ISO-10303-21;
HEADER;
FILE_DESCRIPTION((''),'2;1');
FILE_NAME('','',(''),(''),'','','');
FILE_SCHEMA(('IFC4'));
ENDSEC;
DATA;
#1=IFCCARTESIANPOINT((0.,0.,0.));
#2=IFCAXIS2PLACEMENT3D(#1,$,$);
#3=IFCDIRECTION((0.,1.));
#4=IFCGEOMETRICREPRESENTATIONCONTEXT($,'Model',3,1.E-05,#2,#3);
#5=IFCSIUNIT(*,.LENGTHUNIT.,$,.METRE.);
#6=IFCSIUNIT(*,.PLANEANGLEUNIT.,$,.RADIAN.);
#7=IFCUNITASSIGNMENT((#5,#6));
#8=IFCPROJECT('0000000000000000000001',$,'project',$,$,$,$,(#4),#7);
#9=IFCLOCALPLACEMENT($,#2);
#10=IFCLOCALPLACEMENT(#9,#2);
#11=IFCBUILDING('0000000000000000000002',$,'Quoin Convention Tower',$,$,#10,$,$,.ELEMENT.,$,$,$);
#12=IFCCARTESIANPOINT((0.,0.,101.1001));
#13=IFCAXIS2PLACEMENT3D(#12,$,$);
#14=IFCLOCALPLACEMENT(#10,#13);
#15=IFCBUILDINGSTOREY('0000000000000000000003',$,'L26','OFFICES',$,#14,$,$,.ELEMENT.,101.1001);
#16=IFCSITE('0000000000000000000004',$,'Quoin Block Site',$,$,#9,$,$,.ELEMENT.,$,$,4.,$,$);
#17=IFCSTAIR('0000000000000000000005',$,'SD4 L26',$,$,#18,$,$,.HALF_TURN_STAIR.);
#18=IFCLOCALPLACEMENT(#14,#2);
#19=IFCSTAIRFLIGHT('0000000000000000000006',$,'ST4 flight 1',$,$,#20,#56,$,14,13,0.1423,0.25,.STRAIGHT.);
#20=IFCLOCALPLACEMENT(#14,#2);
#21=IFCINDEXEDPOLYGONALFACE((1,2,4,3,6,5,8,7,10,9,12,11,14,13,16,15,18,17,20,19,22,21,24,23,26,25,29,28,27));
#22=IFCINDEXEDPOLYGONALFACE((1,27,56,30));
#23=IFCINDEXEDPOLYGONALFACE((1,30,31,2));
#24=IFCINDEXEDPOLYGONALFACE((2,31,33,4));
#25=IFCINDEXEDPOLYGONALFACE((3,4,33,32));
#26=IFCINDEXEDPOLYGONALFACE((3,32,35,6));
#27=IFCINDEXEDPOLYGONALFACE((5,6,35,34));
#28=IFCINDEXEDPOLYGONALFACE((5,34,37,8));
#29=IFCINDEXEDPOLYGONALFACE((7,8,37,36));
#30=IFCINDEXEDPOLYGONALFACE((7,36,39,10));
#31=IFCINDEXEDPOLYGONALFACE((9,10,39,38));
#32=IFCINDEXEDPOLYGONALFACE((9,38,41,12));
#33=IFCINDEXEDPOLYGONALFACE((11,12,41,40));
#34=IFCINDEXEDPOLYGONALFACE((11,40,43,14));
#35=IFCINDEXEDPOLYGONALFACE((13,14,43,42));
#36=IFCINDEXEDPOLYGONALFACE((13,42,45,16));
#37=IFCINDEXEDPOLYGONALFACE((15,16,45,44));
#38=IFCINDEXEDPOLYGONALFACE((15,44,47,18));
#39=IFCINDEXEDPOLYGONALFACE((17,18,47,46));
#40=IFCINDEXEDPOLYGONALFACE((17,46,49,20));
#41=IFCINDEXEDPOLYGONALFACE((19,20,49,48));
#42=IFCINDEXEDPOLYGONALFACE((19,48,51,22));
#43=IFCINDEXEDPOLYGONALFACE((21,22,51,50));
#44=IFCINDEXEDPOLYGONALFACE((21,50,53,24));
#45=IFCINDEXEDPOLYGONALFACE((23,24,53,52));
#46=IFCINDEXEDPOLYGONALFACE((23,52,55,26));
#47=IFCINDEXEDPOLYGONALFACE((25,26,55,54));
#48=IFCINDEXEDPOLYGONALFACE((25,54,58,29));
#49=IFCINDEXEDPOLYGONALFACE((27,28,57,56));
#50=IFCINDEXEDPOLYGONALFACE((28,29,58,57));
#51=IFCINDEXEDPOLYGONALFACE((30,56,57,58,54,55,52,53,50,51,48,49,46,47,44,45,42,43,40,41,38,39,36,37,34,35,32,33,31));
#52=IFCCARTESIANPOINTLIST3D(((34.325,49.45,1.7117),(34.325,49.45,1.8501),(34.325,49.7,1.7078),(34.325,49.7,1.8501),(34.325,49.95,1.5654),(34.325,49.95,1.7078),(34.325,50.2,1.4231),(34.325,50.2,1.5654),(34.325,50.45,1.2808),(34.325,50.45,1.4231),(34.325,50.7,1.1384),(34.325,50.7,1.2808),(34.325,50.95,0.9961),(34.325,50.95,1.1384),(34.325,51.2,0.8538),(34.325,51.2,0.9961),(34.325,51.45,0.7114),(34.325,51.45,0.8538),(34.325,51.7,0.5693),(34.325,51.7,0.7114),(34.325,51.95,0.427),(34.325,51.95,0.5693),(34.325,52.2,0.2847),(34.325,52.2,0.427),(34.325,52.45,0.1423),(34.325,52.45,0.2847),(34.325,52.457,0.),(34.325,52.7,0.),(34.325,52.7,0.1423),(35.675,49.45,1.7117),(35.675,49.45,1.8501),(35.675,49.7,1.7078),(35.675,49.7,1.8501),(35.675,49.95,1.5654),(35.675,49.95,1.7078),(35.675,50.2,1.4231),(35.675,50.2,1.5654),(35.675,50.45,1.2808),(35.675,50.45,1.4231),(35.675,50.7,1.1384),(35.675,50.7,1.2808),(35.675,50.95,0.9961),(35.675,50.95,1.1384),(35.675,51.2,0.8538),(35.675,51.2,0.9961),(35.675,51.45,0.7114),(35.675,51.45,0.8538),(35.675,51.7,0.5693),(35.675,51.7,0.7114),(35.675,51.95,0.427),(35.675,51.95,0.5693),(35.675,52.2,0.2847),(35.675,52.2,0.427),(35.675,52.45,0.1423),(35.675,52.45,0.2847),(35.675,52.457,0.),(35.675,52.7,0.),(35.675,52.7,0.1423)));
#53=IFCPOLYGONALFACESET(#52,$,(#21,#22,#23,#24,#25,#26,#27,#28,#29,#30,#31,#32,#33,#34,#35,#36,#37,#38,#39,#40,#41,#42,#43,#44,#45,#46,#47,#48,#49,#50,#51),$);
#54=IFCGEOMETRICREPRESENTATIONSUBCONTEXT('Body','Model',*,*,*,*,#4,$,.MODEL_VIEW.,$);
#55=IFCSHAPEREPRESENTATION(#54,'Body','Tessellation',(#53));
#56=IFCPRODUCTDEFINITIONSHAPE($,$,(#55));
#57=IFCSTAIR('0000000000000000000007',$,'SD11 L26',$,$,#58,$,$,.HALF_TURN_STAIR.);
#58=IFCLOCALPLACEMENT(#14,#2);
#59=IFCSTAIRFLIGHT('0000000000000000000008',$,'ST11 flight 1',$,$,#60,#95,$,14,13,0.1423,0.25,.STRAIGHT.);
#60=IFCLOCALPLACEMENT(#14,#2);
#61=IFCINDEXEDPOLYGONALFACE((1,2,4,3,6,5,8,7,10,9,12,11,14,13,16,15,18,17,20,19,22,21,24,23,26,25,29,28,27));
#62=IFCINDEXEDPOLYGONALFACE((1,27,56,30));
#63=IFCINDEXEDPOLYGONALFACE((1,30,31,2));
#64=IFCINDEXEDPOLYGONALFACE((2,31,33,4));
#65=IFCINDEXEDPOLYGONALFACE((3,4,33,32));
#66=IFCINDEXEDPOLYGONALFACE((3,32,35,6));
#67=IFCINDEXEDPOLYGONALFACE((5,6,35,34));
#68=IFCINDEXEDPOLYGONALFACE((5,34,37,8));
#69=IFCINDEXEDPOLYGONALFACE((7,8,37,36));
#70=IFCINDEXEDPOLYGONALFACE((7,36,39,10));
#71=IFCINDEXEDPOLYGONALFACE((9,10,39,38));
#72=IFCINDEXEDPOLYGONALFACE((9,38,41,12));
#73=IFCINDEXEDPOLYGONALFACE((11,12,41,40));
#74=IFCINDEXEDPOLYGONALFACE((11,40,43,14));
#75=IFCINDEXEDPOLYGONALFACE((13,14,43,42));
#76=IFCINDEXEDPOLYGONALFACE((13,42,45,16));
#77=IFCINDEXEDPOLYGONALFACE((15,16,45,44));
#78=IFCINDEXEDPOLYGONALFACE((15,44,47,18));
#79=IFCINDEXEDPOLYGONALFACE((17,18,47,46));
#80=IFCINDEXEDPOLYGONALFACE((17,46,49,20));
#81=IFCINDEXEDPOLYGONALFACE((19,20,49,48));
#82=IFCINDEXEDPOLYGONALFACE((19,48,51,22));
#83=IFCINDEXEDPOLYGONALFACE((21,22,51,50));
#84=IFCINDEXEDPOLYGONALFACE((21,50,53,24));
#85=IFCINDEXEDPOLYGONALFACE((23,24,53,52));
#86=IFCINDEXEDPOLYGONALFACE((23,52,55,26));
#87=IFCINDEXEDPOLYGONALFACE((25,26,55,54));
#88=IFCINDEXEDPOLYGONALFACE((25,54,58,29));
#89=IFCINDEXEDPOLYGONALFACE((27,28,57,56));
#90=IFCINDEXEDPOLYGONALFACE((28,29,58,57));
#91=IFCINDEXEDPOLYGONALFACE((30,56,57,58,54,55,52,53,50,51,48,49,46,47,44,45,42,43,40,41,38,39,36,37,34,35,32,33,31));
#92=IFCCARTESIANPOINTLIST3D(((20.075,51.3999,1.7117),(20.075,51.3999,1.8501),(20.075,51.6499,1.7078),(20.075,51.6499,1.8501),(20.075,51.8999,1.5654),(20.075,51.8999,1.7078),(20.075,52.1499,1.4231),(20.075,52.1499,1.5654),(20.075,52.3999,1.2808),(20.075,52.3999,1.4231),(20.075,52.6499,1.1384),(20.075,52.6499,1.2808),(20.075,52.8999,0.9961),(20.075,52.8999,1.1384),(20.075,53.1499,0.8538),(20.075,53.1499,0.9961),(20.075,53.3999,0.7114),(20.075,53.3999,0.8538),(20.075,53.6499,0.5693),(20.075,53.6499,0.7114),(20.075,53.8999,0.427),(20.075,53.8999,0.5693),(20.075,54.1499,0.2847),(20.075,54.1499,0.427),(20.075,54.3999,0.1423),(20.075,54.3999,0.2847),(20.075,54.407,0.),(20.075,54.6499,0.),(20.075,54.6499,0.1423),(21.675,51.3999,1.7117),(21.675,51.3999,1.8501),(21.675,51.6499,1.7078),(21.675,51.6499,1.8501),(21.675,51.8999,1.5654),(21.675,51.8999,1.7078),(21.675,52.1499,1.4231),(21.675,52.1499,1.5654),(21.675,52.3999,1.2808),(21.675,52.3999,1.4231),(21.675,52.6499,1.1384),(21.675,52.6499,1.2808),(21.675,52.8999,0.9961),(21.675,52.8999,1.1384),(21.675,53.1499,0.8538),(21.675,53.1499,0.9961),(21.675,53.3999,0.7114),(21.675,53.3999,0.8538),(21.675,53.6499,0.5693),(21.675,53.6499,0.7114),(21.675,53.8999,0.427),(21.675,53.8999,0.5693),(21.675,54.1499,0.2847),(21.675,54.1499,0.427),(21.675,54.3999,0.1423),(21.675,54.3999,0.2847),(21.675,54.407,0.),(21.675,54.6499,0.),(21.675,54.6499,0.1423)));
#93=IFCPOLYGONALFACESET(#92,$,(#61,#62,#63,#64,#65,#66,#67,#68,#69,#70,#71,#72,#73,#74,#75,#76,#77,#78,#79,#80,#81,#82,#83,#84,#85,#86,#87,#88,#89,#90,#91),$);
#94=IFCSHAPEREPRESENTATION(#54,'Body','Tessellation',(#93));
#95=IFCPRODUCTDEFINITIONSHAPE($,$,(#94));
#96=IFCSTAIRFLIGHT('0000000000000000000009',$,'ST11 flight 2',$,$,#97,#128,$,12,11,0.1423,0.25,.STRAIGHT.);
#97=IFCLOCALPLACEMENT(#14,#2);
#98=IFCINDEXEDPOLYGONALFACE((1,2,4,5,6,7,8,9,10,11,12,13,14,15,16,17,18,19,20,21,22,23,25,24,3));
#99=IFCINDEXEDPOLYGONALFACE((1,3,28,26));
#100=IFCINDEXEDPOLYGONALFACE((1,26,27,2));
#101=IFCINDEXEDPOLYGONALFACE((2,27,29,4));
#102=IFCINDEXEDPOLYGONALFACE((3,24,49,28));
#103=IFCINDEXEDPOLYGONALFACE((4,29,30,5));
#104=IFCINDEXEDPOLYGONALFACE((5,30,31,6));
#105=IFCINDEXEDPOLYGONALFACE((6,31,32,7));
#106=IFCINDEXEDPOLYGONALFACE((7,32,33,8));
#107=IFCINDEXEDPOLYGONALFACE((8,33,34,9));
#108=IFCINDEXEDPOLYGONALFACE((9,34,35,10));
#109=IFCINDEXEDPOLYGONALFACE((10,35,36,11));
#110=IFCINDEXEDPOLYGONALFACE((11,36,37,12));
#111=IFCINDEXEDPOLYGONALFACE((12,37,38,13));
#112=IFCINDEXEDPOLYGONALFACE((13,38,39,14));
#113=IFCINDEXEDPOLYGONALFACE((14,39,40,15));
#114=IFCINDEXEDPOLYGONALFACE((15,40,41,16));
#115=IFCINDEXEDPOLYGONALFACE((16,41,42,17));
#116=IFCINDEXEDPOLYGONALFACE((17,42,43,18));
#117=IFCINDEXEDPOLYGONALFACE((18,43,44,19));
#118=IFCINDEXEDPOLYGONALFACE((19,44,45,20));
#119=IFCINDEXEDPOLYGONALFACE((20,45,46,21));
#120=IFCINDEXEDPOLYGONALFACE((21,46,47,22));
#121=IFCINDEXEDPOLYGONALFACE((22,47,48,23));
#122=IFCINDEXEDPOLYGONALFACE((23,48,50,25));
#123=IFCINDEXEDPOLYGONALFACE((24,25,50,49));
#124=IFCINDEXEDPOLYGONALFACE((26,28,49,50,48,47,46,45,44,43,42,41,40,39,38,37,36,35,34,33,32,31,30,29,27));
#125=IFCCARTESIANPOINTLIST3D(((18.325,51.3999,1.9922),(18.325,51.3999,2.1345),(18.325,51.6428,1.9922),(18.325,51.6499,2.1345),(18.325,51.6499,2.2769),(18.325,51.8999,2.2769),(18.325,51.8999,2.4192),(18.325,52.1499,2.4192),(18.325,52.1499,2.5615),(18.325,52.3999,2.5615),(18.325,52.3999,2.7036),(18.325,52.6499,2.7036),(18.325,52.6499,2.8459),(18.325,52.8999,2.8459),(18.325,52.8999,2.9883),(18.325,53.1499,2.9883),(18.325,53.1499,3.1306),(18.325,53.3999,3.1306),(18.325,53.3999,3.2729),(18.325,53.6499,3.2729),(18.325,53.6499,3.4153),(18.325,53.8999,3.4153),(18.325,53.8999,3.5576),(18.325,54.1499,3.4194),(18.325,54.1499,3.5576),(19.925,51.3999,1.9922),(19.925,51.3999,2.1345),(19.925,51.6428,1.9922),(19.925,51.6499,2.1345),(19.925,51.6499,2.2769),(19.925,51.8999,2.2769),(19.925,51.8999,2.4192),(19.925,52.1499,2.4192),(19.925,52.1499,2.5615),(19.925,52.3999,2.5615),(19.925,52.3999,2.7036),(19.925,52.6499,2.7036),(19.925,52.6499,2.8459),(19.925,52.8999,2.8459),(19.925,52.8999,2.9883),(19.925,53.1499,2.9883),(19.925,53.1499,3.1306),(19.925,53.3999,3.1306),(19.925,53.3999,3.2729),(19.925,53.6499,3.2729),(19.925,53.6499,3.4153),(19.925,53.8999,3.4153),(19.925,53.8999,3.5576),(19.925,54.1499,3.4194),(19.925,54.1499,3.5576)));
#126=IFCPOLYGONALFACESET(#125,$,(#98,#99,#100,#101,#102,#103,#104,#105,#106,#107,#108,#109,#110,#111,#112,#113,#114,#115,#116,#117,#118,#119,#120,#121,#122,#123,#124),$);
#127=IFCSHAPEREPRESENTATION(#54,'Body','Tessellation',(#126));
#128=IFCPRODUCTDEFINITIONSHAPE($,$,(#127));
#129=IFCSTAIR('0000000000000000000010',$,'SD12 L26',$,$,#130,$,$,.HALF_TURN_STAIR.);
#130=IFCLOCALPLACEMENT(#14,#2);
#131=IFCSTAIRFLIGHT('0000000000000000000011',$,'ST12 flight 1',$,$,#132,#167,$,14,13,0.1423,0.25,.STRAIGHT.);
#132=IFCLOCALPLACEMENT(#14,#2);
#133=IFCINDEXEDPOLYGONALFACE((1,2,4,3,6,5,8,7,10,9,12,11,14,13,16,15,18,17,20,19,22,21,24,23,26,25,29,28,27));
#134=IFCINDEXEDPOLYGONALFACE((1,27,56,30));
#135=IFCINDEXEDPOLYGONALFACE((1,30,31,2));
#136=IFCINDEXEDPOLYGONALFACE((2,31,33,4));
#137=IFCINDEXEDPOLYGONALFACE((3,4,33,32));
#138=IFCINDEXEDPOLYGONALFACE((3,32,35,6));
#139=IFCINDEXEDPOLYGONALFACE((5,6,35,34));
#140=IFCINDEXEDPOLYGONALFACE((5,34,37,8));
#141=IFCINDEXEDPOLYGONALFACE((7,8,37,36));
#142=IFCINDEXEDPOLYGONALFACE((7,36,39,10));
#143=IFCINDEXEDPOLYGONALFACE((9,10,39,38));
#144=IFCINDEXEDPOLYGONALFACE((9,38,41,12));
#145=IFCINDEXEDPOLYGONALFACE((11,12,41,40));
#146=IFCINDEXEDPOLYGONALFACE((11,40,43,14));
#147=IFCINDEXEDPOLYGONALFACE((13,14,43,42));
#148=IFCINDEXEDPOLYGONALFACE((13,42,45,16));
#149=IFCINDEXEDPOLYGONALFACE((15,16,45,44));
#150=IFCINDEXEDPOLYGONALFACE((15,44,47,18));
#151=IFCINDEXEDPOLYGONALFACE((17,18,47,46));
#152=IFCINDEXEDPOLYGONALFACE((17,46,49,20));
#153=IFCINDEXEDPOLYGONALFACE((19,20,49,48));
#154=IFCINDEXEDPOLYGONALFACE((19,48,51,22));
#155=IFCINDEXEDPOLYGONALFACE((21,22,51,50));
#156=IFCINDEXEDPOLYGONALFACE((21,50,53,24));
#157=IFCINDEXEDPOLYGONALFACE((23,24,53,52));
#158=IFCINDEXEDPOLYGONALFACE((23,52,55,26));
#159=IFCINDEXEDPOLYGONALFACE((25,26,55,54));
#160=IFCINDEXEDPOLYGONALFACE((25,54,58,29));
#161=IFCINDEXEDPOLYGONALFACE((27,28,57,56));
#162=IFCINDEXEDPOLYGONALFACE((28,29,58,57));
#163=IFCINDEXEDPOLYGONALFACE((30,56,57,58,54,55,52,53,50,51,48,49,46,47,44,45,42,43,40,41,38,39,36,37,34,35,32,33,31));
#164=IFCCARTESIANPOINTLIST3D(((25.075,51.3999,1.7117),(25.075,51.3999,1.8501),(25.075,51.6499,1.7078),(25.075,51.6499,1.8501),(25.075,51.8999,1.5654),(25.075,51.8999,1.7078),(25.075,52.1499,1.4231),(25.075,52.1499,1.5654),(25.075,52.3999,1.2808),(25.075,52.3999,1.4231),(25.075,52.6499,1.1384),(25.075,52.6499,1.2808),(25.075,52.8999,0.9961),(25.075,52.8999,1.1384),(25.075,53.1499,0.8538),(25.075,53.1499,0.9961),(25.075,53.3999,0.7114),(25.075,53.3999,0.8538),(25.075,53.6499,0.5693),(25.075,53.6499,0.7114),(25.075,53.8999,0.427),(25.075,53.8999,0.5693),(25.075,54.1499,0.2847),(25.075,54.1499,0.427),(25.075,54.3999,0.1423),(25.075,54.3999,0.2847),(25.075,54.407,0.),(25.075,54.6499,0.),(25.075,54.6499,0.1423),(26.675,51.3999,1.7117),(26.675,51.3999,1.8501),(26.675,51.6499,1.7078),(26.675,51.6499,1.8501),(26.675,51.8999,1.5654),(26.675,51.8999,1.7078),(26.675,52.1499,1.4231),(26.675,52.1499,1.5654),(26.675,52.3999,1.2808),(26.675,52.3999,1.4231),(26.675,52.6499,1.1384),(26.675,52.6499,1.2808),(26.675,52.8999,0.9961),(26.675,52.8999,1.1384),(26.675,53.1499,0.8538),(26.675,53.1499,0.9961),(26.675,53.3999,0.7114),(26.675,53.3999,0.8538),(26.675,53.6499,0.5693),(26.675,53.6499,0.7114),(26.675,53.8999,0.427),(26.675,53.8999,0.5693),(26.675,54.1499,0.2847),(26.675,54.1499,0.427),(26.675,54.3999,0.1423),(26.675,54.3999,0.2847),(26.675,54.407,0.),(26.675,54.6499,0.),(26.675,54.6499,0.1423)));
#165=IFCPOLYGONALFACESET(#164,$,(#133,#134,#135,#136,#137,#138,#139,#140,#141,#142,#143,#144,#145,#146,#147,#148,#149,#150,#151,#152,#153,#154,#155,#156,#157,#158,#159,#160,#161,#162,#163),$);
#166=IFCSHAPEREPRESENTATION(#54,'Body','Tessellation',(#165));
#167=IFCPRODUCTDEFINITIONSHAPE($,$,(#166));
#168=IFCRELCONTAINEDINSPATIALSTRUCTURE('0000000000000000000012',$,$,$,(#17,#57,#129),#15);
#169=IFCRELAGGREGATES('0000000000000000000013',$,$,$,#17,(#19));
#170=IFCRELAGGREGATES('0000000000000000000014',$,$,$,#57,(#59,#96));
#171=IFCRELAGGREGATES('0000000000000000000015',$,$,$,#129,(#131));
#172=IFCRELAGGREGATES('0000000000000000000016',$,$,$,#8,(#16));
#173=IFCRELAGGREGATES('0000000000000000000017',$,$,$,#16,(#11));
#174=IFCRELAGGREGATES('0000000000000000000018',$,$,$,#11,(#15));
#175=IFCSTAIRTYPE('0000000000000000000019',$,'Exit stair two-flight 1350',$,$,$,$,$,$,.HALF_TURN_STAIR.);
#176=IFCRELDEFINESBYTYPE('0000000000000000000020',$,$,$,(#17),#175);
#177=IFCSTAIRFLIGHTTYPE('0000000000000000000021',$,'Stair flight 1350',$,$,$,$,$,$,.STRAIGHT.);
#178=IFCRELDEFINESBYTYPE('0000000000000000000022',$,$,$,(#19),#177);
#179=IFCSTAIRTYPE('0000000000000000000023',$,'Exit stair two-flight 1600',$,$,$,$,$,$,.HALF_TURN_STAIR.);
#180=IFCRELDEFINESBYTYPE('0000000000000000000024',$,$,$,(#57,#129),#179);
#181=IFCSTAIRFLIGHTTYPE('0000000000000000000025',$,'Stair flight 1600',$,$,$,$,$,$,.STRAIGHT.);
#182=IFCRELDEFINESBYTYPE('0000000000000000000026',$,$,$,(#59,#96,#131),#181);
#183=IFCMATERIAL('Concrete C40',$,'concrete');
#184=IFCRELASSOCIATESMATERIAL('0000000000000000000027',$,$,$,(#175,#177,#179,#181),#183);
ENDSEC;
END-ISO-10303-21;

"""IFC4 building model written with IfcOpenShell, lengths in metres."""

from ifc_helpers import new_model, si_unit, direction, frame, origin, place, context, subcontext, project, spatial, polyline, outline, extrude, material, type_object, element, aggregate, save


model = new_model("IFC4")

# Units and contexts
model_context = context("Model", 3, precision=1e-05, world=origin(), true_north=direction((0.0, 1.0)))
body_context = subcontext(model_context, "Body", "Model", "MODEL_VIEW")
ifc_project = project(units=[si_unit("LENGTHUNIT", "METRE"), si_unit("PLANEANGLEUNIT", "RADIAN")], contexts=[model_context])

# Site, building, storey
site_placement = place(None, origin())
site = spatial("IfcSite", under=ifc_project, at=site_placement, Name="Quoin Block Site", CompositionType="ELEMENT", RefElevation=4.0)
building_placement = place(site_placement, origin())
building = spatial("IfcBuilding", under=site, at=building_placement, Name="Quoin Convention Tower", CompositionType="ELEMENT")
storey_placement = place(building_placement, frame((0.0, 0.0, 101.1001)))
storey = spatial("IfcBuildingStorey", under=building, at=storey_placement, Name="L26", Description="OFFICES", CompositionType="ELEMENT", Elevation=101.1001)

# Stair, stair flight
ifc_material_1 = material(Name="Concrete C40", Category="concrete")
stair_type_1 = type_object("IfcStairType", Name="Exit stair two-flight 1350", PredefinedType="HALF_TURN_STAIR", material=ifc_material_1)
stair_1_placement = place(storey_placement, origin())
stair_1 = element("IfcStair", 1, at=stair_1_placement, inside=storey, type_object=stair_type_1, Name="SD4 L26", PredefinedType="HALF_TURN_STAIR")
stair_flight_type_1 = type_object("IfcStairFlightType", Name="Stair flight 1350", PredefinedType="STRAIGHT", material=ifc_material_1)
stair_flight_1_placement = place(storey_placement, frame((35.0, 52.7, 0.0), z_axis=(0.0, 0.0, 1.0), x_axis=(0.0, -1.0, 0.0)))
stair_flight_1 = element("IfcStairFlight", 2, at=stair_flight_1_placement, type_object=stair_flight_type_1, Name="ST4 flight 1", NumberOfRisers=14, NumberOfTreads=13, PredefinedType="STRAIGHT", RiserHeight=0.1423, TreadLength=0.25, context=body_context, shape_type="SweptSolid", body=[
    extrude(outline(polyline([(0.0, 0.0), (0.0, 0.1423), (0.25, 0.1423), (0.25, 0.2847), (0.5, 0.2847), (0.5, 0.427), (0.75, 0.427), (0.75, 0.5693), (1.0, 0.5693), (1.0, 0.7114), (1.25, 0.7114), (1.25, 0.8538), (1.5, 0.8538), (1.5, 0.9961), (1.75, 0.9961), (1.75, 1.1384), (2.0, 1.1384), (2.0, 1.2808), (2.25, 1.2808), (2.25, 1.4231), (2.5, 1.4231), (2.5, 1.5654), (2.75, 1.5654), (2.75, 1.7078), (3.0, 1.7078), (3.0, 1.8501), (3.25, 1.8501), (3.25, 1.9922), (3.25, 1.7117), (0.2429, 0.0), (0.0, 0.0)])), frame((0.0, 0.675, 0.0), z_axis=(0.0, -1.0, 0.0), x_axis=(1.0, 0.0, 0.0)), (0.0, 0.0, 1.0), 1.3501),
])
aggregate(stair_1, [stair_flight_1])

# Stairs, stair flights
stair_type_2 = type_object("IfcStairType", Name="Exit stair two-flight 1600", PredefinedType="HALF_TURN_STAIR", material=ifc_material_1)
stair_2_placement = place(storey_placement, origin())
stair_2 = element("IfcStair", 3, at=stair_2_placement, inside=storey, type_object=stair_type_2, Name="SD11 L26", PredefinedType="HALF_TURN_STAIR")
stair_flight_type_2 = type_object("IfcStairFlightType", Name="Stair flight 1600", PredefinedType="STRAIGHT", material=ifc_material_1)
stair_flight_2_placement = place(storey_placement, frame((20.875, 54.6499, 0.0), z_axis=(0.0, 0.0, 1.0), x_axis=(0.0, -1.0, 0.0)))
stair_flight_2 = element("IfcStairFlight", 4, at=stair_flight_2_placement, type_object=stair_flight_type_2, Name="ST11 flight 1", NumberOfRisers=14, NumberOfTreads=13, PredefinedType="STRAIGHT", RiserHeight=0.1423, TreadLength=0.25, context=body_context, shape_type="SweptSolid", body=[
    extrude(outline(polyline([(0.0, 0.0), (0.0, 0.1423), (0.25, 0.1423), (0.25, 0.2847), (0.5, 0.2847), (0.5, 0.427), (0.75, 0.427), (0.75, 0.5693), (1.0, 0.5693), (1.0, 0.7114), (1.25, 0.7114), (1.25, 0.8538), (1.5, 0.8538), (1.5, 0.9961), (1.75, 0.9961), (1.75, 1.1384), (2.0, 1.1384), (2.0, 1.2808), (2.25, 1.2808), (2.25, 1.4231), (2.5, 1.4231), (2.5, 1.5654), (2.75, 1.5654), (2.75, 1.7078), (3.0, 1.7078), (3.0, 1.8501), (3.25, 1.8501), (3.25, 1.9922), (3.25, 1.7117), (0.2429, 0.0), (0.0, 0.0)])), frame((0.0, 0.8, 0.0), z_axis=(0.0, -1.0, 0.0), x_axis=(1.0, 0.0, 0.0)), (0.0, 0.0, 1.0), 1.6001),
])
stair_flight_3_placement = place(storey_placement, frame((19.125, 51.3999, 1.9922), z_axis=(0.0, 0.0, 1.0), x_axis=(0.0, 1.0, 0.0)))
stair_flight_3 = element("IfcStairFlight", 5, at=stair_flight_3_placement, type_object=stair_flight_type_2, Name="ST11 flight 2", NumberOfRisers=12, NumberOfTreads=11, PredefinedType="STRAIGHT", RiserHeight=0.1423, TreadLength=0.25, context=body_context, shape_type="SweptSolid", body=[
    extrude(outline(polyline([(0.0, 0.0), (0.0, 0.1423), (0.25, 0.1423), (0.25, 0.2847), (0.5, 0.2847), (0.5, 0.427), (0.75, 0.427), (0.75, 0.5693), (1.0, 0.5693), (1.0, 0.7114), (1.25, 0.7114), (1.25, 0.8538), (1.5, 0.8538), (1.5, 0.9961), (1.75, 0.9961), (1.75, 1.1384), (2.0, 1.1384), (2.0, 1.2808), (2.25, 1.2808), (2.25, 1.4231), (2.5, 1.4231), (2.5, 1.5654), (2.75, 1.5654), (2.75, 1.7078), (2.75, 1.4272), (0.2429, 0.0), (0.0, 0.0)])), frame((0.0, 0.8, 0.0), z_axis=(0.0, -1.0, 0.0), x_axis=(1.0, 0.0, 0.0)), (0.0, 0.0, 1.0), 1.6001),
])
aggregate(stair_2, [stair_flight_2, stair_flight_3])
stair_3_placement = place(storey_placement, origin())
stair_3 = element("IfcStair", 6, at=stair_3_placement, inside=storey, type_object=stair_type_2, Name="SD12 L26", PredefinedType="HALF_TURN_STAIR")
stair_flight_4_placement = place(storey_placement, frame((25.875, 54.6499, 0.0), z_axis=(0.0, 0.0, 1.0), x_axis=(0.0, -1.0, 0.0)))
stair_flight_4 = element("IfcStairFlight", 7, at=stair_flight_4_placement, type_object=stair_flight_type_2, Name="ST12 flight 1", NumberOfRisers=14, NumberOfTreads=13, PredefinedType="STRAIGHT", RiserHeight=0.1423, TreadLength=0.25, context=body_context, shape_type="SweptSolid", body=[
    extrude(outline(polyline([(0.0, 0.0), (0.0, 0.1423), (0.25, 0.1423), (0.25, 0.2847), (0.5, 0.2847), (0.5, 0.427), (0.75, 0.427), (0.75, 0.5693), (1.0, 0.5693), (1.0, 0.7114), (1.25, 0.7114), (1.25, 0.8538), (1.5, 0.8538), (1.5, 0.9961), (1.75, 0.9961), (1.75, 1.1384), (2.0, 1.1384), (2.0, 1.2808), (2.25, 1.2808), (2.25, 1.4231), (2.5, 1.4231), (2.5, 1.5654), (2.75, 1.5654), (2.75, 1.7078), (3.0, 1.7078), (3.0, 1.8501), (3.25, 1.8501), (3.25, 1.9922), (3.25, 1.7117), (0.2429, 0.0), (0.0, 0.0)])), frame((0.0, 0.8, 0.0), z_axis=(0.0, -1.0, 0.0), x_axis=(1.0, 0.0, 0.0)), (0.0, 0.0, 1.0), 1.6001),
])
aggregate(stair_3, [stair_flight_4])

save(model, "model.ifc")
